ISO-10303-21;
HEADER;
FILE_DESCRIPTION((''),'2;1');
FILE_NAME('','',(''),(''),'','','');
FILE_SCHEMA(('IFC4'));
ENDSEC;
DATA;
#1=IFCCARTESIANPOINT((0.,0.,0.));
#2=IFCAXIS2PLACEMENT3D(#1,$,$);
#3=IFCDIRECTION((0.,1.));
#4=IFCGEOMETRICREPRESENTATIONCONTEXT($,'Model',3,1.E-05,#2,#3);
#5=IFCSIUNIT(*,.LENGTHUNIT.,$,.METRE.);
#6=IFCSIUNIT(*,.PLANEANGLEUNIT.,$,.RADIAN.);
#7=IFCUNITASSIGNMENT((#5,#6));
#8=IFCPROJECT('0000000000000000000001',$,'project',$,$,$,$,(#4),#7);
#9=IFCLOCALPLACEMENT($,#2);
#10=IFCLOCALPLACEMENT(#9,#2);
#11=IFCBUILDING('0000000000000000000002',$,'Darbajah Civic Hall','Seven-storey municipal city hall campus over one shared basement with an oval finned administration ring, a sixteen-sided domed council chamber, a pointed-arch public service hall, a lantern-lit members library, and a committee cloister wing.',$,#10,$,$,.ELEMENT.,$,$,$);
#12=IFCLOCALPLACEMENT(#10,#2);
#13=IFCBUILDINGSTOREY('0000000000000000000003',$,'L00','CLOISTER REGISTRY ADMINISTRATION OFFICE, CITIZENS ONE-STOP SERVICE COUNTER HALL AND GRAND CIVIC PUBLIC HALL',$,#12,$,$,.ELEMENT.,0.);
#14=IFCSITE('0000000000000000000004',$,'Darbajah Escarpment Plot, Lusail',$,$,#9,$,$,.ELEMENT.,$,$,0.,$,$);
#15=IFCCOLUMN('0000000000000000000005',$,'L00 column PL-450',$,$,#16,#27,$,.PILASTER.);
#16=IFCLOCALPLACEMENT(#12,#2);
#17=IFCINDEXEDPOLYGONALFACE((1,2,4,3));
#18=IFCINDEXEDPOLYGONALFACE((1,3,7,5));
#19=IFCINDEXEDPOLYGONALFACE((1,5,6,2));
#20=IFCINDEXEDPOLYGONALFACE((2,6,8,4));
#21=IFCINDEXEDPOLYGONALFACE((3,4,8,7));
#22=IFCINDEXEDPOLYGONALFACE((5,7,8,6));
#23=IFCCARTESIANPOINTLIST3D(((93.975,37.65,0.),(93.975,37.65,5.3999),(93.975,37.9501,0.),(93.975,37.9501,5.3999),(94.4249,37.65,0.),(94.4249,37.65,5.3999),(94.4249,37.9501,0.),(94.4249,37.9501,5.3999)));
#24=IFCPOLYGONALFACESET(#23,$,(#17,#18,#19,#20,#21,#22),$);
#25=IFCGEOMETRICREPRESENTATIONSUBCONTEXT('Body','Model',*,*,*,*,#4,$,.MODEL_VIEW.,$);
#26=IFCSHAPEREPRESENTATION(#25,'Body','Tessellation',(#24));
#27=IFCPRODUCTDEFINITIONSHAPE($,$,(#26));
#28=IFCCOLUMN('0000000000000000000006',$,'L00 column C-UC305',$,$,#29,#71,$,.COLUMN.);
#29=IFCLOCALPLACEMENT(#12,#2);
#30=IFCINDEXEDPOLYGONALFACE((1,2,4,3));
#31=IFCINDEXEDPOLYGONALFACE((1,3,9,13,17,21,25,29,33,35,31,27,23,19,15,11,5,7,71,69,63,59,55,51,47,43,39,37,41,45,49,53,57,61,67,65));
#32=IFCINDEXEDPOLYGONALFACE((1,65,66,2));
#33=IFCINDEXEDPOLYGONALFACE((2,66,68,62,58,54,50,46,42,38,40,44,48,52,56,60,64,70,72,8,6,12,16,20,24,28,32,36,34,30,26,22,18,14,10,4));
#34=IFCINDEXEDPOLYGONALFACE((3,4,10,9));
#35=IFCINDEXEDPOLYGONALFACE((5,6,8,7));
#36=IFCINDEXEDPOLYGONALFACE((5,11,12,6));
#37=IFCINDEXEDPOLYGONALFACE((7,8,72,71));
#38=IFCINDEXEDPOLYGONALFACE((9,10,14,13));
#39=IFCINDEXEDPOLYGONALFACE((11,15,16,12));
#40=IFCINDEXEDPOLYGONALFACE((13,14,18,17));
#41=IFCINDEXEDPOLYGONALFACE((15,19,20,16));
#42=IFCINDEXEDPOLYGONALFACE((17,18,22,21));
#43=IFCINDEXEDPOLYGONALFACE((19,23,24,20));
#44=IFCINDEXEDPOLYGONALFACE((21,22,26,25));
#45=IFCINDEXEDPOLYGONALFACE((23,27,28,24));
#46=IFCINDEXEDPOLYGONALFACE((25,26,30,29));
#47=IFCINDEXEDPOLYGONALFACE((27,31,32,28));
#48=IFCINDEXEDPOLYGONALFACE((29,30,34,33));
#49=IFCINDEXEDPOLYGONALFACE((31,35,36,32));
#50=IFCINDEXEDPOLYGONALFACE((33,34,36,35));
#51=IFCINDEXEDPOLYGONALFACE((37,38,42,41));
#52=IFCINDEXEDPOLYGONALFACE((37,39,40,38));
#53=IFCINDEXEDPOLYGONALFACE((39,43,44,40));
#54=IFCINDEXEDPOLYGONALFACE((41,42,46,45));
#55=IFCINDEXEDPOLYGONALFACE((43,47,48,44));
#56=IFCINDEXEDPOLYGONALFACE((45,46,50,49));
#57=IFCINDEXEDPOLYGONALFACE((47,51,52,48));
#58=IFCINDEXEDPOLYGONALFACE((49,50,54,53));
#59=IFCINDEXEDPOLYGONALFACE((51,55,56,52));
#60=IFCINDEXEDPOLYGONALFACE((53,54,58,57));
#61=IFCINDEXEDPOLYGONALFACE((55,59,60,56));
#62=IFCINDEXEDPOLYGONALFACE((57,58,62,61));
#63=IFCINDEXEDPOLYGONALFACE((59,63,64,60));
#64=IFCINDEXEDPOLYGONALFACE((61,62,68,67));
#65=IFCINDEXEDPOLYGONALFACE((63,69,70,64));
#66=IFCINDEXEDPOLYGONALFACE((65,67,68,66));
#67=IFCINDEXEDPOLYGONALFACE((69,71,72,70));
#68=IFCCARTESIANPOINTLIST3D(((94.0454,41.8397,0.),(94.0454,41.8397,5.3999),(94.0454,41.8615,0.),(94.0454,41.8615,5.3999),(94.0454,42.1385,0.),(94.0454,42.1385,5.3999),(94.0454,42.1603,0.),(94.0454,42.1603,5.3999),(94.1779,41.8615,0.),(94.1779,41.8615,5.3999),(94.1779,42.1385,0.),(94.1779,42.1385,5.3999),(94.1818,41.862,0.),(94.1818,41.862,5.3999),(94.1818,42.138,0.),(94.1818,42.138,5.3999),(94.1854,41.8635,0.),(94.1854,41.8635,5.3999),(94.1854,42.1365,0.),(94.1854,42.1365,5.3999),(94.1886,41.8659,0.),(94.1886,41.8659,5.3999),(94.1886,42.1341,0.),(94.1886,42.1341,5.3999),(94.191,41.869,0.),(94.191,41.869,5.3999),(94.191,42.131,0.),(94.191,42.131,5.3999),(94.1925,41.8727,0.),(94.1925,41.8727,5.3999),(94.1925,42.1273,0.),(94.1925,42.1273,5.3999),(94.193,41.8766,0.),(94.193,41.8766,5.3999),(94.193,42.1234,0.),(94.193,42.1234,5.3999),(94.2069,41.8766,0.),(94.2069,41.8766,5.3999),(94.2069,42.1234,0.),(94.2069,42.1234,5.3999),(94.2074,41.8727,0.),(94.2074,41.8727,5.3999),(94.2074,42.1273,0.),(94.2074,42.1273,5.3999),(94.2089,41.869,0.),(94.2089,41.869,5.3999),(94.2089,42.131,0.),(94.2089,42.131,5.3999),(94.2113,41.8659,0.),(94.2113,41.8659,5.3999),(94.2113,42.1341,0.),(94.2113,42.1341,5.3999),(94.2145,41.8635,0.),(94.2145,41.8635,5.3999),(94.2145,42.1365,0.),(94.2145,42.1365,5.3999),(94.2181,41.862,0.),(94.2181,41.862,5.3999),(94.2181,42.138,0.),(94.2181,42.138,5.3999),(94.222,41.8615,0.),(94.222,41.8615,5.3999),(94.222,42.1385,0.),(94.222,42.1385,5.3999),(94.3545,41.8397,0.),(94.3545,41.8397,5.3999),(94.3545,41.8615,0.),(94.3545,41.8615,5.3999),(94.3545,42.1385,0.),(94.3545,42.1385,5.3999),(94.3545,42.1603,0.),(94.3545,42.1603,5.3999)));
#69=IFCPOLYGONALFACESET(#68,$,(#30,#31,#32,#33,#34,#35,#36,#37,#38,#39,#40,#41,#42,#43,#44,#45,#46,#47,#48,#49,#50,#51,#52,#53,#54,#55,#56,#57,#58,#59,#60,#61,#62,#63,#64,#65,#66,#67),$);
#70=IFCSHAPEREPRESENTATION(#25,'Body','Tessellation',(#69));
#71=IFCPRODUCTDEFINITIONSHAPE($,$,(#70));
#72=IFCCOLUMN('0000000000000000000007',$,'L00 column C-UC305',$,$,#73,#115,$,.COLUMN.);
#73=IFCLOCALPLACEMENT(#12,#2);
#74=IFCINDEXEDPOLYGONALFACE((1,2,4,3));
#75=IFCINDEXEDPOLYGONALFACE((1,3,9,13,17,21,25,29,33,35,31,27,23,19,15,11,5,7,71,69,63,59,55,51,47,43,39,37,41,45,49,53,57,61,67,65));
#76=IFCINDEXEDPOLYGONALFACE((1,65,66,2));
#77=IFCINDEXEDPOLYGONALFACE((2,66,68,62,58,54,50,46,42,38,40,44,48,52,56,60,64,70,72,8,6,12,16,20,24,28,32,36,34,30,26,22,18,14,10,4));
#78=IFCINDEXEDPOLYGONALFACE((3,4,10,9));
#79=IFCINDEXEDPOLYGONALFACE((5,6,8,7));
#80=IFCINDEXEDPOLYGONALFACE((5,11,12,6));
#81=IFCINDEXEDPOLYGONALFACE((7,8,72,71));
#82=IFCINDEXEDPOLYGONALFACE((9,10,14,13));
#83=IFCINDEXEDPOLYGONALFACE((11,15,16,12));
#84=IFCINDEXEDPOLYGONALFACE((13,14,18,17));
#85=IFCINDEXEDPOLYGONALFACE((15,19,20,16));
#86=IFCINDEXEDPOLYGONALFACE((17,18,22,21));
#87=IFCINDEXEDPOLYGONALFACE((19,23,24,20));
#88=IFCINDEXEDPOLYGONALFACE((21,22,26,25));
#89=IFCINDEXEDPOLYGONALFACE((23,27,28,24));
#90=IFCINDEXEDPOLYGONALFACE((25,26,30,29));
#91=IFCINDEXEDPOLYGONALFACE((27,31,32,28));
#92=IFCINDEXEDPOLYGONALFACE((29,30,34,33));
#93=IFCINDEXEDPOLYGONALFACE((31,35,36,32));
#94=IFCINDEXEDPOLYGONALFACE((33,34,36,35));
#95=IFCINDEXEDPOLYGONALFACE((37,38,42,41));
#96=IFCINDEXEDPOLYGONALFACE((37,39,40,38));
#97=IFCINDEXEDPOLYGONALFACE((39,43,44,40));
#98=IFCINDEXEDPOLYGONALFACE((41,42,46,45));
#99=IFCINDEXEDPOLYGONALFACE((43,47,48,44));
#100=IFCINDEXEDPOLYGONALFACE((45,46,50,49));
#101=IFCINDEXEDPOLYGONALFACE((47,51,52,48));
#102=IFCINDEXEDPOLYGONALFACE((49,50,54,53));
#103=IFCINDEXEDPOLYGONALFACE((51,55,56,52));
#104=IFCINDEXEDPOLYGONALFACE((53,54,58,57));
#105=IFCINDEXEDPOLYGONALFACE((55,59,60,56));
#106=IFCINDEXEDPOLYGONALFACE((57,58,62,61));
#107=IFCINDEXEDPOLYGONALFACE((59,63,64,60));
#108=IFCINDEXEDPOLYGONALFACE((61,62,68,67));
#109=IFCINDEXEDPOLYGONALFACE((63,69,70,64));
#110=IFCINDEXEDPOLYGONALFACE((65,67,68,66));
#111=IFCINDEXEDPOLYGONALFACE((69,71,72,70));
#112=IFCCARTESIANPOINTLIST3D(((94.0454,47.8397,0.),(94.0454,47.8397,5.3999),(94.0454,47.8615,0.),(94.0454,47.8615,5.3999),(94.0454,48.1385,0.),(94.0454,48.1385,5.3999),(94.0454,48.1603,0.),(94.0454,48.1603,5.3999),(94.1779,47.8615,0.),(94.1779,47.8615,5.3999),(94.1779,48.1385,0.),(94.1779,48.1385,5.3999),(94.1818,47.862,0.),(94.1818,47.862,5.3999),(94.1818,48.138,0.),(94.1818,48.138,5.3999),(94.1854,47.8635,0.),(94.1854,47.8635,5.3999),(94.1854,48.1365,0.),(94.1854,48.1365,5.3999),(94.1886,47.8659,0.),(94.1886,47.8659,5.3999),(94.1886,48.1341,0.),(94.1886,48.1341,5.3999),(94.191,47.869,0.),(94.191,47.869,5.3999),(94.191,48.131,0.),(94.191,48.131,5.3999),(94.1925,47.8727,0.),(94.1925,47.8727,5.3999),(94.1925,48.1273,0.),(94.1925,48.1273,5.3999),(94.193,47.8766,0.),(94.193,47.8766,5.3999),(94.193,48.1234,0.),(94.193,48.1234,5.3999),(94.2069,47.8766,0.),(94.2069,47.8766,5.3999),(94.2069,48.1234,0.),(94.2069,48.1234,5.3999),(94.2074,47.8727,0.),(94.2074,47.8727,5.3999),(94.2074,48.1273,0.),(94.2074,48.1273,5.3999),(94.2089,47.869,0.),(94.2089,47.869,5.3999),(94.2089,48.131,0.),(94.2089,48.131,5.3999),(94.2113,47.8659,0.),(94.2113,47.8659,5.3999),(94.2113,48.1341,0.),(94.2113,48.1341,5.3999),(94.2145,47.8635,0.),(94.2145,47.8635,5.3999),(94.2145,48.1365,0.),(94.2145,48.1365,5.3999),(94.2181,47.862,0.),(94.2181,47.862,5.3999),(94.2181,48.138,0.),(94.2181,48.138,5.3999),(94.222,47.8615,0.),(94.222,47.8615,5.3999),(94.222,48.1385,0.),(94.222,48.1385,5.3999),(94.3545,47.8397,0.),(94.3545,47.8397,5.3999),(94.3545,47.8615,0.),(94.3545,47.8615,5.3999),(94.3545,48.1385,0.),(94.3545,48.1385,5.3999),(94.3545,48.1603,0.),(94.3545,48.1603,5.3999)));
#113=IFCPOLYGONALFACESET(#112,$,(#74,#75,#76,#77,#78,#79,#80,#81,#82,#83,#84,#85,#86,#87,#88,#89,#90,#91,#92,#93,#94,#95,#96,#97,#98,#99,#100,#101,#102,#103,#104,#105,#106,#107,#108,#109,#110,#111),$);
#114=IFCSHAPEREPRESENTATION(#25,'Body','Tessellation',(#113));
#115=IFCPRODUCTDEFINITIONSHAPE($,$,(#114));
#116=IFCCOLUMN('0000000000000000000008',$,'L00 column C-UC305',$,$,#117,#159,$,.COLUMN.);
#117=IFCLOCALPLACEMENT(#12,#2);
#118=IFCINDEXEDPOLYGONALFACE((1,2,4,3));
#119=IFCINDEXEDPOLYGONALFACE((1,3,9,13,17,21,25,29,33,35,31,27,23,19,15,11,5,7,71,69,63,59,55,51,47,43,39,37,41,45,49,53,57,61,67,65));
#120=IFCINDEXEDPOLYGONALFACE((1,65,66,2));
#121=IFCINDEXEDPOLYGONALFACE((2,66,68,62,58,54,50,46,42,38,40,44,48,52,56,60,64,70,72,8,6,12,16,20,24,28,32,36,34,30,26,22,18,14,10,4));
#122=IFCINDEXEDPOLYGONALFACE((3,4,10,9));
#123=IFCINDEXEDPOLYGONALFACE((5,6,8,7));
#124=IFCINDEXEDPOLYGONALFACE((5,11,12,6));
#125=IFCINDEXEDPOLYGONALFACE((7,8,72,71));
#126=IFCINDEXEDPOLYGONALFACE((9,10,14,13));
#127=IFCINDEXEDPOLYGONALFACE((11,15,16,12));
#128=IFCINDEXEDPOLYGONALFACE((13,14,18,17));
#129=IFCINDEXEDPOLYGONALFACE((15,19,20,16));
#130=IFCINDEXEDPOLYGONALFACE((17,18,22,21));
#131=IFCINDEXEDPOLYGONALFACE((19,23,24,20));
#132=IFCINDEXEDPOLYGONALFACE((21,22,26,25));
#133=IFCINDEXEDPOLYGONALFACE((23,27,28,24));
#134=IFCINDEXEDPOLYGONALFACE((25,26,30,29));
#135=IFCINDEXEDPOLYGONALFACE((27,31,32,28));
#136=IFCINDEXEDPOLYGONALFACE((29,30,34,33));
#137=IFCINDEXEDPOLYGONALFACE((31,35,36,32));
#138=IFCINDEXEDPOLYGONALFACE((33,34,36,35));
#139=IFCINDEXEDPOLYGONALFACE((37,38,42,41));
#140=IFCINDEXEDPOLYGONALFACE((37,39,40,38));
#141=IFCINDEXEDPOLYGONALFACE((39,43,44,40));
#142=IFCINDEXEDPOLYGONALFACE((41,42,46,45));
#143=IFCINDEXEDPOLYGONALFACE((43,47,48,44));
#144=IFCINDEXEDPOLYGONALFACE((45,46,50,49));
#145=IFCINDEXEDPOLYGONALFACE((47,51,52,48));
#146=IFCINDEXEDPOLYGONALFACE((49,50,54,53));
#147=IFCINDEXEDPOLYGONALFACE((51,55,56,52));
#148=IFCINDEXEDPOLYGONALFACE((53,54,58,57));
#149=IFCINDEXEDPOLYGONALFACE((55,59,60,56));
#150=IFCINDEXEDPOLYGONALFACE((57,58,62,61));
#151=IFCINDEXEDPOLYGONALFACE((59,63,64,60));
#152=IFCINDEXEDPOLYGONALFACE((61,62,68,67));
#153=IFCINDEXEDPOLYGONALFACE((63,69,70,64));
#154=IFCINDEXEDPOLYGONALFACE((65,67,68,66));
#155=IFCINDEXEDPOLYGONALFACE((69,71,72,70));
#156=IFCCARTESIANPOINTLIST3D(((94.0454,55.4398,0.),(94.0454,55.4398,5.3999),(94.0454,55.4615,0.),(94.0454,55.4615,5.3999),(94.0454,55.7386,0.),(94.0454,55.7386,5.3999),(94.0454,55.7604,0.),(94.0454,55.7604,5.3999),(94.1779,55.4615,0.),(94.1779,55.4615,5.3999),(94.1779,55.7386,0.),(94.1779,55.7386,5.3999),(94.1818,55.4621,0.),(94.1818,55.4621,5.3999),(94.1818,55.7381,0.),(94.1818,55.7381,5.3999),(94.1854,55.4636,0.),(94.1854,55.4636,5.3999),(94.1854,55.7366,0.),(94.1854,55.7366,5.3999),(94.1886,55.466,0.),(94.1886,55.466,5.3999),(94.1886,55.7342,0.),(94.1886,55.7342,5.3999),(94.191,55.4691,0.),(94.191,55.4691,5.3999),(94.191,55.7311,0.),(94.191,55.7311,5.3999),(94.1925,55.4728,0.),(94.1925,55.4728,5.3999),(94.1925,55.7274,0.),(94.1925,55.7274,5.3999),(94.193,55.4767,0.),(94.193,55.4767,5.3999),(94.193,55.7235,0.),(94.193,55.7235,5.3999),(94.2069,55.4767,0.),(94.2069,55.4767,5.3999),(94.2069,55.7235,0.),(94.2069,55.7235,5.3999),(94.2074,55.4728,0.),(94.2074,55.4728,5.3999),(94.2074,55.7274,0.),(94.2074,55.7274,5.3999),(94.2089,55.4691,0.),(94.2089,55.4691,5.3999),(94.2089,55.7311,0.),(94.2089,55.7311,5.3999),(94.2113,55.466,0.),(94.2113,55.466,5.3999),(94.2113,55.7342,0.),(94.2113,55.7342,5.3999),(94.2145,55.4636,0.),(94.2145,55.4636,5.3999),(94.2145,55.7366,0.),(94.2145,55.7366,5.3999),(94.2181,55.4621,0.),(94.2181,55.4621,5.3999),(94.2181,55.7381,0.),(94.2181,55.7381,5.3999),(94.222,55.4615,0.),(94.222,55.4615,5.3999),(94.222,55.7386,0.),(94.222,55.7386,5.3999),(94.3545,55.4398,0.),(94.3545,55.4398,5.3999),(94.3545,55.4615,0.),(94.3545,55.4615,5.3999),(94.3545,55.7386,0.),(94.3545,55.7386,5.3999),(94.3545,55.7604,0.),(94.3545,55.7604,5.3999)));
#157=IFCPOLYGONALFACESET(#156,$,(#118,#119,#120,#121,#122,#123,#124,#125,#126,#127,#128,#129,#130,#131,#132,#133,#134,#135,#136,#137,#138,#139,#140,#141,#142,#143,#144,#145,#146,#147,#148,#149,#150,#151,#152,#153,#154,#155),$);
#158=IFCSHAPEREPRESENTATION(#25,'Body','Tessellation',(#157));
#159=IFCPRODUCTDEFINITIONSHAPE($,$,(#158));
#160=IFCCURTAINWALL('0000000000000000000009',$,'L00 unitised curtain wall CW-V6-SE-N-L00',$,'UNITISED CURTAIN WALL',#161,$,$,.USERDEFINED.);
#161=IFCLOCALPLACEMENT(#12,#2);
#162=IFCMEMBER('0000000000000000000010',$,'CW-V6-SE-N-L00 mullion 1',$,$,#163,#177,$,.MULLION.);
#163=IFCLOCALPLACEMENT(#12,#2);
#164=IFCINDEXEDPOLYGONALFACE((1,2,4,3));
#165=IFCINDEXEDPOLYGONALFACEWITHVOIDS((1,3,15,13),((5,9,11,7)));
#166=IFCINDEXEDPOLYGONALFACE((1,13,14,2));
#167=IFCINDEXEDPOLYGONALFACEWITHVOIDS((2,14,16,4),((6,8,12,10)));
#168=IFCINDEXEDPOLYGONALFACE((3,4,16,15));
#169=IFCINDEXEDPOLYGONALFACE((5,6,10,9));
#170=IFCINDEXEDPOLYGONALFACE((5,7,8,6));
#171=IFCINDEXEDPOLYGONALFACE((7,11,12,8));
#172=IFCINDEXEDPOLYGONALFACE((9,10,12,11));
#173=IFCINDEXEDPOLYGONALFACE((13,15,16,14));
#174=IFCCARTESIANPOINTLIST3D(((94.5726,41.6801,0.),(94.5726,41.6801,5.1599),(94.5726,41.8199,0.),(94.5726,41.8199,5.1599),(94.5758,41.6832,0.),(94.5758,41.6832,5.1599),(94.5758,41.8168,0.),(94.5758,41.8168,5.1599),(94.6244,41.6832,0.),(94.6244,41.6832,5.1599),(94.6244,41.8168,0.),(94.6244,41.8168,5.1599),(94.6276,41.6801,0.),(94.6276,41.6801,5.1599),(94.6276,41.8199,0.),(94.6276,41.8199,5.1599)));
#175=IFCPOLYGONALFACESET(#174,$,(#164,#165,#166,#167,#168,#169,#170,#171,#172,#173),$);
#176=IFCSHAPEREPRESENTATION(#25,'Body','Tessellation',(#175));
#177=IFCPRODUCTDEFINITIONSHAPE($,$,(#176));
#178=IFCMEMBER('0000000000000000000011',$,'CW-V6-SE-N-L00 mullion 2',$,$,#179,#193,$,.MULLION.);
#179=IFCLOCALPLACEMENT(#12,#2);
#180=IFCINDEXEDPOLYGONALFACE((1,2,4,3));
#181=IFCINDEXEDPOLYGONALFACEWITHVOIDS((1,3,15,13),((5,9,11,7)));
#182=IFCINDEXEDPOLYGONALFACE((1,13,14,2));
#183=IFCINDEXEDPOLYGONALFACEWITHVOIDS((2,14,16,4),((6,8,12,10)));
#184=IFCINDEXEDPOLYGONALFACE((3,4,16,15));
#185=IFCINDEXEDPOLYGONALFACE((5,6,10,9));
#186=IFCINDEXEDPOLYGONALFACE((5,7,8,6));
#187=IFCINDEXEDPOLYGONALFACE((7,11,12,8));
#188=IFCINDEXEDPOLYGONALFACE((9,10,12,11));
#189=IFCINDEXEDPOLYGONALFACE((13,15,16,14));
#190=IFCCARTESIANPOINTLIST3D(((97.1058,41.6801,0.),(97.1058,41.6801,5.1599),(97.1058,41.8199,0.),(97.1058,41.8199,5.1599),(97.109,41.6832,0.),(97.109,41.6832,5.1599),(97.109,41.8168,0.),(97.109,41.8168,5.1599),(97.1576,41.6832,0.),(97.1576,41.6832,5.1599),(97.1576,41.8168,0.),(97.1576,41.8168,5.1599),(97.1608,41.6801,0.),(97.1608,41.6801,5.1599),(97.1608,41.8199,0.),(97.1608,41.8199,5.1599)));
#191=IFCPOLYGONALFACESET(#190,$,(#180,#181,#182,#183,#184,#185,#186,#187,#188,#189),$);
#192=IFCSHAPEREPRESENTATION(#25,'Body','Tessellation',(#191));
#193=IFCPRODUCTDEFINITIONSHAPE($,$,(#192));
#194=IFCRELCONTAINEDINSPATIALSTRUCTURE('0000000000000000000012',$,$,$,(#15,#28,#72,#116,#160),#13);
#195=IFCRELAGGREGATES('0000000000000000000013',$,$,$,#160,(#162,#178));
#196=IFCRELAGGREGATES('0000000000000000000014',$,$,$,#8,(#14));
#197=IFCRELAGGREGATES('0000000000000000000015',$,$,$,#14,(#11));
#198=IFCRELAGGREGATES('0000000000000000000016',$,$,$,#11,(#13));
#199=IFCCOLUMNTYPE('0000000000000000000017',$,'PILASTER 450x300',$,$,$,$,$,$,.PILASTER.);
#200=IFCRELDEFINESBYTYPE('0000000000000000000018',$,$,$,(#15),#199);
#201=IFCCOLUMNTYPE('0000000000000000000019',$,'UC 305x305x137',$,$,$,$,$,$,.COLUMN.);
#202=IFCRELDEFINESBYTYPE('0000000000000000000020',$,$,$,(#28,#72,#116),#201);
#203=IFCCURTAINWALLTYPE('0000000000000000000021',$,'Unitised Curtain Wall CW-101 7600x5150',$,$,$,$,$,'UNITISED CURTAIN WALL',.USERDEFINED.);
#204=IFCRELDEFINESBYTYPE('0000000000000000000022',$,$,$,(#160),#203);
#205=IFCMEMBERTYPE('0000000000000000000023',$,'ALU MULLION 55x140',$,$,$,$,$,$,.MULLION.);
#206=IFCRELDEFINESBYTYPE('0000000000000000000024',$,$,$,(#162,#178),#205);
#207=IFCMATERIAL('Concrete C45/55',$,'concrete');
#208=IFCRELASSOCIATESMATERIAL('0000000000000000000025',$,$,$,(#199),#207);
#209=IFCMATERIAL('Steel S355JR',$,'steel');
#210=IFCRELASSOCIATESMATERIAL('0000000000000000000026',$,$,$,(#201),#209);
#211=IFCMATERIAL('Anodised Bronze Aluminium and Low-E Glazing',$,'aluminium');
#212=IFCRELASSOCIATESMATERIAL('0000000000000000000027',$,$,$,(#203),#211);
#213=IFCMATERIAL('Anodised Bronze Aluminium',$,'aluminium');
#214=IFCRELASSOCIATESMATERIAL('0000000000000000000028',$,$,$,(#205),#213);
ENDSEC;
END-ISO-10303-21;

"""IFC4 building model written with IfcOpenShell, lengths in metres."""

from ifc_helpers import new_model, si_unit, direction, frame, origin, origin_2d, place, context, subcontext, project, spatial, rectangle, hollow_rectangle, i_section, extrude, material, material_profile, profile_set, type_object, element, aggregate, save


model = new_model("IFC4")

# Units and contexts
model_context = context("Model", 3, precision=1e-05, world=origin(), true_north=direction((0.0, 1.0)))
body_context = subcontext(model_context, "Body", "Model", "MODEL_VIEW")
ifc_project = project(units=[si_unit("LENGTHUNIT", "METRE"), si_unit("PLANEANGLEUNIT", "RADIAN")], contexts=[model_context])

# Site, building, storey
site_placement = place(None, origin())
site = spatial("IfcSite", under=ifc_project, at=site_placement, Name="Darbajah Escarpment Plot, Lusail", CompositionType="ELEMENT", RefElevation=0.0)
building_placement = place(site_placement, origin())
building = spatial("IfcBuilding", under=site, at=building_placement, Name="Darbajah Civic Hall", Description="Seven-storey municipal city hall campus over one shared basement with an oval finned administration ring, a sixteen-sided domed council chamber, a pointed-arch public service hall, a lantern-lit members library, and a committee cloister wing.", CompositionType="ELEMENT")
storey_placement = place(building_placement, origin())
storey = spatial("IfcBuildingStorey", under=building, at=storey_placement, Name="L00", Description="CLOISTER REGISTRY ADMINISTRATION OFFICE, CITIZENS ONE-STOP SERVICE COUNTER HALL AND GRAND CIVIC PUBLIC HALL", CompositionType="ELEMENT", Elevation=0.0)

# Columns
ifc_material_1 = material(Name="Concrete C45/55", Category="concrete")
ifc_material_profile_1 = material_profile(ifc_material_1, rectangle(XDim=0.45, YDim=0.3, at=origin_2d()), Name="PILASTER 450x300")
ifc_profile_set_1 = profile_set([ifc_material_profile_1], Name="Concrete C45/55")
column_type_1 = type_object("IfcColumnType", Name="PILASTER 450x300", PredefinedType="PILASTER", material=ifc_profile_set_1)
column_placement = place(storey_placement, frame((94.2, 37.8, 0.0), z_axis=(0.0, 0.0, 1.0), x_axis=(1.0, 0.0, 0.0)))
element("IfcColumn", 1, at=column_placement, inside=storey, type_object=column_type_1, Name="L00 column PL-450", PredefinedType="PILASTER", context=body_context, shape_type="SweptSolid", body=[
    extrude(rectangle(XDim=0.45, YDim=0.3, at=origin_2d()), origin(), (0.0, 0.0, 1.0), 5.3999),
])
ifc_material_2 = material(Name="Steel S355JR", Category="steel")
ifc_material_profile_2 = material_profile(ifc_material_2, i_section(OverallWidth=0.3091, OverallDepth=0.3206, WebThickness=0.0139, FlangeThickness=0.0217, FilletRadius=0.0151, at=origin_2d()), Name="UC 305x305x137")
ifc_profile_set_2 = profile_set([ifc_material_profile_2], Name="Steel S355JR")
column_type_2 = type_object("IfcColumnType", Name="UC 305x305x137", PredefinedType="COLUMN", material=ifc_profile_set_2)
for number, where, z_axis, x_axis, name in (
    (2, (94.2, 42.0, 0.0), (0.0, 0.0, 1.0), (1.0, 0.0, 0.0), "L00 column C-UC305"),
    (3, (94.2, 48.0, 0.0), (0.0, 0.0, 1.0), (1.0, 0.0, 0.0), "L00 column C-UC305"),
    (4, (94.2, 55.6001, 0.0), (0.0, 0.0, 1.0), (1.0, 0.0, 0.0), "L00 column C-UC305"),
):
    element("IfcColumn", number, at=place(storey_placement, frame(where, z_axis=z_axis, x_axis=x_axis)), inside=storey, type_object=column_type_2, Name=name, PredefinedType="COLUMN", context=body_context, shape_type="SweptSolid", body=[
        extrude(i_section(OverallWidth=0.3091, OverallDepth=0.3206, WebThickness=0.0139, FlangeThickness=0.0217, FilletRadius=0.0151, at=origin_2d()), origin(), (0.0, 0.0, 1.0), 5.3999),
    ])

# Curtain wall, members
ifc_material_3 = material(Name="Anodised Bronze Aluminium and Low-E Glazing", Category="aluminium")
curtain_wall_type_1 = type_object("IfcCurtainWallType", Name="Unitised Curtain Wall CW-101 7600x5150", ElementType="UNITISED CURTAIN WALL", PredefinedType="USERDEFINED", material=ifc_material_3)
curtain_wall_1_placement = place(storey_placement, origin())
curtain_wall_1 = element("IfcCurtainWall", 5, at=curtain_wall_1_placement, inside=storey, type_object=curtain_wall_type_1, Name="L00 unitised curtain wall CW-V6-SE-N-L00", ObjectType="UNITISED CURTAIN WALL", PredefinedType="USERDEFINED")
ifc_material_4 = material(Name="Anodised Bronze Aluminium", Category="aluminium")
ifc_material_profile_3 = material_profile(ifc_material_4, hollow_rectangle(XDim=0.0549, YDim=0.1399, WallThickness=0.0032, at=origin_2d()), Name="ALU MULLION 55x140")
ifc_profile_set_3 = profile_set([ifc_material_profile_3], Name="Anodised Bronze Aluminium")
member_type_1 = type_object("IfcMemberType", Name="ALU MULLION 55x140", PredefinedType="MULLION", material=ifc_profile_set_3)
member_1_placement = place(storey_placement, frame((94.6001, 41.75, 0.0), z_axis=(0.0, 0.0, 1.0), x_axis=(1.0, 0.0, 0.0)))
member_1 = element("IfcMember", 6, at=member_1_placement, type_object=member_type_1, Name="CW-V6-SE-N-L00 mullion 1", PredefinedType="MULLION", context=body_context, shape_type="SweptSolid", body=[
    extrude(hollow_rectangle(XDim=0.0549, YDim=0.1399, WallThickness=0.0032, at=origin_2d()), origin(), (0.0, 0.0, 1.0), 5.1599),
])
member_2_placement = place(storey_placement, frame((97.1333, 41.75, 0.0), z_axis=(0.0, 0.0, 1.0), x_axis=(1.0, 0.0, 0.0)))
member_2 = element("IfcMember", 7, at=member_2_placement, type_object=member_type_1, Name="CW-V6-SE-N-L00 mullion 2", PredefinedType="MULLION", context=body_context, shape_type="SweptSolid", body=[
    extrude(hollow_rectangle(XDim=0.0549, YDim=0.1399, WallThickness=0.0032, at=origin_2d()), origin(), (0.0, 0.0, 1.0), 5.1599),
])

aggregate(curtain_wall_1, [member_1, member_2])

save(model, "model.ifc")
